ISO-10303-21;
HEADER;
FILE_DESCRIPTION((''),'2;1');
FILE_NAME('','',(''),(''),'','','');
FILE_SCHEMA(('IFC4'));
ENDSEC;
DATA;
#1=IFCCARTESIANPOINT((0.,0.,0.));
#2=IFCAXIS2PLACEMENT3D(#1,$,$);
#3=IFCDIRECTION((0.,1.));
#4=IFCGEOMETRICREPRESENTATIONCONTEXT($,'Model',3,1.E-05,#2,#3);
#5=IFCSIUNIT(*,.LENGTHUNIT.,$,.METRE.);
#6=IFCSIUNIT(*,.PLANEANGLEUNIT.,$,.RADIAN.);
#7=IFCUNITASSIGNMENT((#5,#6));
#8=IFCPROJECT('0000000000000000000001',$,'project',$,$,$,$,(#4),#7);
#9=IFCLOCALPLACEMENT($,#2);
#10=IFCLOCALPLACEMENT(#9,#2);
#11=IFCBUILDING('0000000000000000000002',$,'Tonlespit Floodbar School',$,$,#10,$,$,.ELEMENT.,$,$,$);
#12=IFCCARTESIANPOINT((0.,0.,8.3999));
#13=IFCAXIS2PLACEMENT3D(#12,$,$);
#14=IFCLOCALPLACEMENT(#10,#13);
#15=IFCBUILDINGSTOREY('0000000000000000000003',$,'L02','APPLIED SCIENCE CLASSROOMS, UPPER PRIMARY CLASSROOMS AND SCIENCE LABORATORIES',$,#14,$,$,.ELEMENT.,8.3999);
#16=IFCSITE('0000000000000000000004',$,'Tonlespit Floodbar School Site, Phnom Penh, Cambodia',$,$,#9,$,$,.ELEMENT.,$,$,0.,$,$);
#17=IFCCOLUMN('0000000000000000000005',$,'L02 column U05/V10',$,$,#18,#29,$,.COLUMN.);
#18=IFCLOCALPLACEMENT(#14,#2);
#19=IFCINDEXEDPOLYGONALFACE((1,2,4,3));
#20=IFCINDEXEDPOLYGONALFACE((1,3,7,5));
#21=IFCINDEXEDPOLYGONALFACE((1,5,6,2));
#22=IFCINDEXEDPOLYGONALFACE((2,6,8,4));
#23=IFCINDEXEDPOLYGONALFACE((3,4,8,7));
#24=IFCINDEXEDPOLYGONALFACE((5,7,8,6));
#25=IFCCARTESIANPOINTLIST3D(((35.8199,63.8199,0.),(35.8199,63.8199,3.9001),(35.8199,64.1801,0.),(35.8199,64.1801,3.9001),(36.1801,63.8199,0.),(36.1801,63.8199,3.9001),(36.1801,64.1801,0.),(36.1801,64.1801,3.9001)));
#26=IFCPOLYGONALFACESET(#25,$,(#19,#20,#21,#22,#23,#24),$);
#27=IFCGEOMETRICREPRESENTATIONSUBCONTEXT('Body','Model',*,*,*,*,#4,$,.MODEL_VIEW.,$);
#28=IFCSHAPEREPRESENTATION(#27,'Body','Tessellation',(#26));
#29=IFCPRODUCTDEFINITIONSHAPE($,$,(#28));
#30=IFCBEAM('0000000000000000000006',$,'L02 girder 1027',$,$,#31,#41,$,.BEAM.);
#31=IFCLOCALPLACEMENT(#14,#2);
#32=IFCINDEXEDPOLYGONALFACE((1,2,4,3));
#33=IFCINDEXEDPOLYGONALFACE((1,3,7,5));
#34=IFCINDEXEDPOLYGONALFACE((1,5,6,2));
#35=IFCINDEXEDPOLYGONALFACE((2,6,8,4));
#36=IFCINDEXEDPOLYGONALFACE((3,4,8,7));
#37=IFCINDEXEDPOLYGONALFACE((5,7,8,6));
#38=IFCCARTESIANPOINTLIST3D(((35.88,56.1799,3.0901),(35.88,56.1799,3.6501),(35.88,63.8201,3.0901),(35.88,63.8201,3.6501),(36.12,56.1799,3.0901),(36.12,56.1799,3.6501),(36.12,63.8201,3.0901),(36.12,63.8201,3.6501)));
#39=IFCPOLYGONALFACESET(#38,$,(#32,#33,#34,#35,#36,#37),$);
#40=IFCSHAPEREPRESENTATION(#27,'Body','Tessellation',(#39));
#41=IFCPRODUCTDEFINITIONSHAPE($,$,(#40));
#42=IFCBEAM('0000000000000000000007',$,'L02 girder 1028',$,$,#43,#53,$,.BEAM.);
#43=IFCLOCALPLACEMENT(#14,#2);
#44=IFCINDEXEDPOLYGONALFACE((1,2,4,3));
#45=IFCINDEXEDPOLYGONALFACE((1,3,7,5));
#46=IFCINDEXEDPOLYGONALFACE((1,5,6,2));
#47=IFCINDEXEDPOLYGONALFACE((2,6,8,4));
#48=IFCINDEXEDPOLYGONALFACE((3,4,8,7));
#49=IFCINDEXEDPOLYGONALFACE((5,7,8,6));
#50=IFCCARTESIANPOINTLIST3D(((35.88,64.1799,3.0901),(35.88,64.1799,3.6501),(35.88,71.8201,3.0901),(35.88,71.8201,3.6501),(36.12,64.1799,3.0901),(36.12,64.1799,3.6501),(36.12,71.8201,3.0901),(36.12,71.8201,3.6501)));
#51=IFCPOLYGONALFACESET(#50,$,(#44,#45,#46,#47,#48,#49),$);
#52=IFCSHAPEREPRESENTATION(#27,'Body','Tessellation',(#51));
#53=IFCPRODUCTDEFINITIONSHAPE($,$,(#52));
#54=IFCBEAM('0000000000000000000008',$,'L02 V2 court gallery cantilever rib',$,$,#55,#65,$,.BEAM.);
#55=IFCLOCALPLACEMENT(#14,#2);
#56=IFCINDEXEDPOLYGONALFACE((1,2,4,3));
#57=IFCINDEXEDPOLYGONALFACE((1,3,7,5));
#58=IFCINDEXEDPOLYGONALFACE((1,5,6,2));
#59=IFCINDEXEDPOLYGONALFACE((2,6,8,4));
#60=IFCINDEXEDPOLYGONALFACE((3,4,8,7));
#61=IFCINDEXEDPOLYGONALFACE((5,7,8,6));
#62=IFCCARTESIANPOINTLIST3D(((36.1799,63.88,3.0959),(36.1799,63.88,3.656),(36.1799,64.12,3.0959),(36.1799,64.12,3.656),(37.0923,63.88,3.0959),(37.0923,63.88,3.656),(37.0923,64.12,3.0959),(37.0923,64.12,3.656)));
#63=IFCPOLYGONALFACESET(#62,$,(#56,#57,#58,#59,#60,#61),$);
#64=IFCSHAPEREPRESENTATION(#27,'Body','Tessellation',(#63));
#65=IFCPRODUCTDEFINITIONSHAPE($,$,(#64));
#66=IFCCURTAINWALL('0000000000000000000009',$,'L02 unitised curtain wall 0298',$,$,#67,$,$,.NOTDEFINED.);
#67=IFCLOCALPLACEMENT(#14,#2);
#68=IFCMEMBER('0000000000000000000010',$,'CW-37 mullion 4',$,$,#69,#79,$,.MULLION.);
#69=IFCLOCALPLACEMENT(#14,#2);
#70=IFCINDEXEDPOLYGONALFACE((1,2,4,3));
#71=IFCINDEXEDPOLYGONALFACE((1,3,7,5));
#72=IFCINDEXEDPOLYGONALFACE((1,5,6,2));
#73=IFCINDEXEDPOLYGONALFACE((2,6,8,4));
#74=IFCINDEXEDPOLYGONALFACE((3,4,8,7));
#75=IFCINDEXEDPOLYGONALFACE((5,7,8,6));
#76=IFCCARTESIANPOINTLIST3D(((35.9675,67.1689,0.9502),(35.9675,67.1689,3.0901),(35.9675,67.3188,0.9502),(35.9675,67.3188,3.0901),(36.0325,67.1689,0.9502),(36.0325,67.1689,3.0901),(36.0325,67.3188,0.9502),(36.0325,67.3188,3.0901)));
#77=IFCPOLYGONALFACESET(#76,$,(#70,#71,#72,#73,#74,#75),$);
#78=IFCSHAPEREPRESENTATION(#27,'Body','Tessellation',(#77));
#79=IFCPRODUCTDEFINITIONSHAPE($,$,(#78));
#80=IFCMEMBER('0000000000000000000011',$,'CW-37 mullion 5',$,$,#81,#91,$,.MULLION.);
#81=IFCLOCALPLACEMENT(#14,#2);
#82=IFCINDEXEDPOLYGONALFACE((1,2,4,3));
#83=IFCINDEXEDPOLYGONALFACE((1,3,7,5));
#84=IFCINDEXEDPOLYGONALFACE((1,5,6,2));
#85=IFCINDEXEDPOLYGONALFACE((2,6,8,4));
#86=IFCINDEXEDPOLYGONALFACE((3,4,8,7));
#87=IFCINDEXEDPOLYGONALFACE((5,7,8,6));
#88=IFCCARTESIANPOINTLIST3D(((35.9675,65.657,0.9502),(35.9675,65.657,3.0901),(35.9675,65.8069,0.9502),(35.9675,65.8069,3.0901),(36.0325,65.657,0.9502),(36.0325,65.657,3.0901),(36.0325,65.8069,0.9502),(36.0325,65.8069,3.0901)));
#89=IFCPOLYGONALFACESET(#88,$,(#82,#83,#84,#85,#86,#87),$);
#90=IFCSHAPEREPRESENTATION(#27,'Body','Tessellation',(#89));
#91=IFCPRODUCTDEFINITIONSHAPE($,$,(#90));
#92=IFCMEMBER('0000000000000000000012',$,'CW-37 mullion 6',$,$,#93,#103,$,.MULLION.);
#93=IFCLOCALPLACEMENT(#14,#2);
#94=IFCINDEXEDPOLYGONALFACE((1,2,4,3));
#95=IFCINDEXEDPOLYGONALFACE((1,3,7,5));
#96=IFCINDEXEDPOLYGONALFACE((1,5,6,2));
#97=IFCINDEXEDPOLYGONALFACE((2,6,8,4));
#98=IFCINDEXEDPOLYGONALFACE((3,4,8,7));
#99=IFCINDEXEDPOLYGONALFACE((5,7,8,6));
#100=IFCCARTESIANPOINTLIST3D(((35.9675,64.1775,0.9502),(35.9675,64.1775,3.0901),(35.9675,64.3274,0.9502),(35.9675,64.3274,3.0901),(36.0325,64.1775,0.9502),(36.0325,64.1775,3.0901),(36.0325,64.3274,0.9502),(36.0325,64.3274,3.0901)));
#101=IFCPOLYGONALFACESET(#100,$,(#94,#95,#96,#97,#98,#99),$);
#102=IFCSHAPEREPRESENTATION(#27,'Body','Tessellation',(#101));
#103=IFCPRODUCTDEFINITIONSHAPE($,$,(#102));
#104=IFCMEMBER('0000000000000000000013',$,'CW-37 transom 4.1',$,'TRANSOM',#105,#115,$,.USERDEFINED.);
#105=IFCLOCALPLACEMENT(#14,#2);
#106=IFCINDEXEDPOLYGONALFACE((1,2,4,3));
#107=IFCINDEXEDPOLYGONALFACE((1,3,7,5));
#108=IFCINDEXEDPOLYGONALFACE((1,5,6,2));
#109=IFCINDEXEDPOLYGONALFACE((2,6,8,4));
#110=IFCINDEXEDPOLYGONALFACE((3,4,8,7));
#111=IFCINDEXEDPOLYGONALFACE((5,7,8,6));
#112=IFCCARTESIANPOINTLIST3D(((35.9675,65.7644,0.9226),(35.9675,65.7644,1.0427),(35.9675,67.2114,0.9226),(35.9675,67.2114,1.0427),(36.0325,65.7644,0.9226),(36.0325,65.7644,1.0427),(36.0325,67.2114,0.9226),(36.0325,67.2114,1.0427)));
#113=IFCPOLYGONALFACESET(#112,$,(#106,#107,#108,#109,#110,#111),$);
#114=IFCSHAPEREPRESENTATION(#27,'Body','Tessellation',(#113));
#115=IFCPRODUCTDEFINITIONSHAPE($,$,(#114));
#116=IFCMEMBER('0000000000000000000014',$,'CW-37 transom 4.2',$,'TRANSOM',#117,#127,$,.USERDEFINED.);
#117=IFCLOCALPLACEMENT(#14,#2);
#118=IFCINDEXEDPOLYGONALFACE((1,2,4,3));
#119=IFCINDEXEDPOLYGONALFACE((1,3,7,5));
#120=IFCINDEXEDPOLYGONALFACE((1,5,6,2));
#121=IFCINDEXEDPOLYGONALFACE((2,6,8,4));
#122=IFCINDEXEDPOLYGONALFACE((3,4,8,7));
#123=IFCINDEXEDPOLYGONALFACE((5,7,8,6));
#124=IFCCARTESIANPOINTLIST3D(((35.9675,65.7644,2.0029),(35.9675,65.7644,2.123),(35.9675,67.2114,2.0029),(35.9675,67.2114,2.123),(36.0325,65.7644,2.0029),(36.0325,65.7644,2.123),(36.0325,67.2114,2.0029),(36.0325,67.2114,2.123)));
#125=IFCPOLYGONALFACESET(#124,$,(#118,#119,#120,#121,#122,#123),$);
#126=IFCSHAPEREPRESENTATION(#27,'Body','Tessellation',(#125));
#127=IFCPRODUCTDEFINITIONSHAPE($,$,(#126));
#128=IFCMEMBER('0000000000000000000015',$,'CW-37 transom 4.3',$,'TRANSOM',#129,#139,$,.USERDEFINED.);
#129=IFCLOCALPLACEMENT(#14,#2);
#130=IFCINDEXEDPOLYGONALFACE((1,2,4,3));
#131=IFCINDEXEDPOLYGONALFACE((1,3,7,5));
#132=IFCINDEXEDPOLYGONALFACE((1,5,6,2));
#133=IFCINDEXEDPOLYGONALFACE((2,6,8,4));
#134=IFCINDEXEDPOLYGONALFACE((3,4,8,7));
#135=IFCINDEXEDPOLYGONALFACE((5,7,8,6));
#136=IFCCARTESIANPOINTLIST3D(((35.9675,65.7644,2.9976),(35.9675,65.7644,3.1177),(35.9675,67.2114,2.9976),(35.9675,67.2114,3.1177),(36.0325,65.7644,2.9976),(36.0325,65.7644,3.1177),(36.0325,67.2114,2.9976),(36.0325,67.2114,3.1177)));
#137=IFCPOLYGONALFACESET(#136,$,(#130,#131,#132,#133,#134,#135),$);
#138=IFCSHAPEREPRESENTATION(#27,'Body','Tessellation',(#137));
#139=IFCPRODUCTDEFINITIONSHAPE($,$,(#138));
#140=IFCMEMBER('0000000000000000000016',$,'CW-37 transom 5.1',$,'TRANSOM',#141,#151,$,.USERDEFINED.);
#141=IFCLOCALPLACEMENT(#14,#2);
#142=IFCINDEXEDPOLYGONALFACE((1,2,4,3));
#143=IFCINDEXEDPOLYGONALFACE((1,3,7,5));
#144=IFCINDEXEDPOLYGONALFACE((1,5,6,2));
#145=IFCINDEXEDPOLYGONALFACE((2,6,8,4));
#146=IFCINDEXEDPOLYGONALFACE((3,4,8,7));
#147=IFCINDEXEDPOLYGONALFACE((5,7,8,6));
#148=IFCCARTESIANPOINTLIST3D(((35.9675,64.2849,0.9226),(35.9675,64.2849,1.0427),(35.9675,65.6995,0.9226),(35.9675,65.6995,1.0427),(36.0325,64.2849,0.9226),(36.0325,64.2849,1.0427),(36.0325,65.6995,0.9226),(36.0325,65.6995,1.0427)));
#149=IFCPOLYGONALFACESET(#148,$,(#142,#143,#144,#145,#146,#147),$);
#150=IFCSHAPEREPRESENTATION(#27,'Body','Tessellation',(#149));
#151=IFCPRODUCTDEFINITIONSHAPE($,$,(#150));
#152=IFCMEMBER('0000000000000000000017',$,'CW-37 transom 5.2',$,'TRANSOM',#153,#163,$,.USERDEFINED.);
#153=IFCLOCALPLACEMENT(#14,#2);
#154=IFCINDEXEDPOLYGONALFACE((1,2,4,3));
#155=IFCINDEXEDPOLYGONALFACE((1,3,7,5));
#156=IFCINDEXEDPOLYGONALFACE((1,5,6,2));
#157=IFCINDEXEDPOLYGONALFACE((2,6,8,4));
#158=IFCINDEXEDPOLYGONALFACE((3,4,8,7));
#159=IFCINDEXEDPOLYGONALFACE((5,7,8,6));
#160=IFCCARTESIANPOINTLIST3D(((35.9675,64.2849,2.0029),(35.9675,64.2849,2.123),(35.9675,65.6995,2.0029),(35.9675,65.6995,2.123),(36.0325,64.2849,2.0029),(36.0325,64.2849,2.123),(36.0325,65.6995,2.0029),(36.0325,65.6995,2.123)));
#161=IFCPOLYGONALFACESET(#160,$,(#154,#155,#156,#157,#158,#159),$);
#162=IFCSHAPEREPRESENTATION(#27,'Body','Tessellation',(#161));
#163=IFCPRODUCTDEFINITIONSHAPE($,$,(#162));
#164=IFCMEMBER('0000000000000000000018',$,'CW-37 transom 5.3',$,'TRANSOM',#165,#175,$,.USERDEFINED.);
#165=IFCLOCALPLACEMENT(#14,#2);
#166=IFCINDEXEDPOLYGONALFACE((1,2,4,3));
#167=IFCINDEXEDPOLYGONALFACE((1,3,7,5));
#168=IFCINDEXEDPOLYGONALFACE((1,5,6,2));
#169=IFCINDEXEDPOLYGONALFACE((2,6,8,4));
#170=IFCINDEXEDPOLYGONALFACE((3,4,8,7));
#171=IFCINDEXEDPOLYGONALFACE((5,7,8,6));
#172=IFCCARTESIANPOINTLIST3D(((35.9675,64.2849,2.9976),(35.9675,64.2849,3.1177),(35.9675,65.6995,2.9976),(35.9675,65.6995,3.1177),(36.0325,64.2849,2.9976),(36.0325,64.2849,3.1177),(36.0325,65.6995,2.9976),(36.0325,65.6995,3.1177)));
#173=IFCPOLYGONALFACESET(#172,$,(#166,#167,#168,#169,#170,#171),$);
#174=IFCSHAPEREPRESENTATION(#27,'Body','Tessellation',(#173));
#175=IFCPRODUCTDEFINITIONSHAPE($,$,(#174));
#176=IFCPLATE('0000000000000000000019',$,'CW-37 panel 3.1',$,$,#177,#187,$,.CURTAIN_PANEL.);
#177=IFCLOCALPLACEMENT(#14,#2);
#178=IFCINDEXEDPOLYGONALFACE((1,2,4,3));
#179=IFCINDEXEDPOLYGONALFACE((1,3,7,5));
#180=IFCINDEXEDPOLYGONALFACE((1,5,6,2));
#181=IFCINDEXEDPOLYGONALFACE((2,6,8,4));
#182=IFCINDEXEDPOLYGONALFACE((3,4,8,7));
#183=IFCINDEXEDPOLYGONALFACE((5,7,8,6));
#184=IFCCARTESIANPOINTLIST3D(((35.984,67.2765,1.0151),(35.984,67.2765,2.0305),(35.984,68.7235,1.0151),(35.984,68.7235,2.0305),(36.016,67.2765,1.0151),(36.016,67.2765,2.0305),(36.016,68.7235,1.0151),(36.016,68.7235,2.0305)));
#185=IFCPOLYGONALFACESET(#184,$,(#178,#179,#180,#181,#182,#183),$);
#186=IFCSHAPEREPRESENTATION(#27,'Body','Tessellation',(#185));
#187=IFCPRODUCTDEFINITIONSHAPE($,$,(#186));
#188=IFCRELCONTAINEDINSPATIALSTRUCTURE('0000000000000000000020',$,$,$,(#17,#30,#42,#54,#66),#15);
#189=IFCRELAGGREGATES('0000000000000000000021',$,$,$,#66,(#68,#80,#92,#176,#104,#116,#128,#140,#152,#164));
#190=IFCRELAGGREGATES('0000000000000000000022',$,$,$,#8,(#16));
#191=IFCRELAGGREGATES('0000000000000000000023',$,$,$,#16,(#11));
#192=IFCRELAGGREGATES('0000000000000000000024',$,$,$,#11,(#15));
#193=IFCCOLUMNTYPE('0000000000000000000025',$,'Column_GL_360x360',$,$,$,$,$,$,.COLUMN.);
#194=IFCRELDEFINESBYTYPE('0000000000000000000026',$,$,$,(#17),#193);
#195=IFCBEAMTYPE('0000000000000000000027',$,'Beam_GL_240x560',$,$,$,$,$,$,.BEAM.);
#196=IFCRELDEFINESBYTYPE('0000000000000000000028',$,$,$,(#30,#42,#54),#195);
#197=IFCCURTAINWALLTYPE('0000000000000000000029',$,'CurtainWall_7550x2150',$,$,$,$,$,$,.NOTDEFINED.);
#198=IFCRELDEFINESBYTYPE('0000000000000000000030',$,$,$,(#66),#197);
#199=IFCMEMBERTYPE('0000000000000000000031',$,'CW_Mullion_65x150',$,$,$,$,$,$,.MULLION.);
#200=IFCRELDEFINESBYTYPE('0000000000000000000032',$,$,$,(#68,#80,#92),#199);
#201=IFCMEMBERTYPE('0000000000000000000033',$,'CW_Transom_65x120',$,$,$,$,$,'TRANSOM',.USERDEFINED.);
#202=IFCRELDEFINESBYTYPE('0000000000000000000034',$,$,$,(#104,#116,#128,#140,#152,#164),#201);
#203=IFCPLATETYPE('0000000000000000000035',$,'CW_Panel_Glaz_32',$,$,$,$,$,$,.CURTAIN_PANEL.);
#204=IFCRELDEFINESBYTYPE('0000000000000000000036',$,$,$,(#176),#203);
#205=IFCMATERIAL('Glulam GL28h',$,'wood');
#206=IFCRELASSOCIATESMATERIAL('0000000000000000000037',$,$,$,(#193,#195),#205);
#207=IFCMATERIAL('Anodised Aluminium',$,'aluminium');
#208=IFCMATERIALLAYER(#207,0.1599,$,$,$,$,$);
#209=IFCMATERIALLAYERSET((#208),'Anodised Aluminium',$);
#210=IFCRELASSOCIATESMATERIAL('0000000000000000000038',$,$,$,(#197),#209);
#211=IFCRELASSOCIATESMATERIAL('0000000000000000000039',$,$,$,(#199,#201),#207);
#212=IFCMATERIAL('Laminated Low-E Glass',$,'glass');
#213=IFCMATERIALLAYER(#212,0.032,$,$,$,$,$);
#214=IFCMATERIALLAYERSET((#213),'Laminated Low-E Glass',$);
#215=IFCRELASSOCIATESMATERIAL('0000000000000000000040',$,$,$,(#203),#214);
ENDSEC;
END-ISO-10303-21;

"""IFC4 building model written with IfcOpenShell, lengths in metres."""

from ifc_helpers import new_model, si_unit, direction, frame, origin, origin_2d, place, context, subcontext, project, spatial, rectangle, extrude, material, layer, layer_set, material_profile, profile_set, type_object, element, aggregate, save


model = new_model("IFC4")

# Units and contexts
model_context = context("Model", 3, precision=1e-05, world=origin(), true_north=direction((0.0, 1.0)))
body_context = subcontext(model_context, "Body", "Model", "MODEL_VIEW")
ifc_project = project(units=[si_unit("LENGTHUNIT", "METRE"), si_unit("PLANEANGLEUNIT", "RADIAN")], contexts=[model_context])

# Site, building, storey
site_placement = place(None, origin())
site = spatial("IfcSite", under=ifc_project, at=site_placement, Name="Tonlespit Floodbar School Site, Phnom Penh, Cambodia", CompositionType="ELEMENT", RefElevation=0.0)
building_placement = place(site_placement, origin())
building = spatial("IfcBuilding", under=site, at=building_placement, Name="Tonlespit Floodbar School", CompositionType="ELEMENT")
storey_placement = place(building_placement, frame((0.0, 0.0, 8.3999)))
storey = spatial("IfcBuildingStorey", under=building, at=storey_placement, Name="L02", Description="APPLIED SCIENCE CLASSROOMS, UPPER PRIMARY CLASSROOMS AND SCIENCE LABORATORIES", CompositionType="ELEMENT", Elevation=8.3999)

# Column
ifc_material_1 = material(Name="Glulam GL28h", Category="wood")
ifc_material_profile_1 = material_profile(ifc_material_1, rectangle(XDim=0.3601, YDim=0.3601, at=origin_2d()), Name="GL 360x360")
ifc_profile_set_1 = profile_set([ifc_material_profile_1], Name="Glulam GL28h")
column_type = type_object("IfcColumnType", Name="Column_GL_360x360", PredefinedType="COLUMN", material=ifc_profile_set_1)
column_placement = place(storey_placement, frame((36.0, 64.0, 0.0), z_axis=(0.0, 0.0, 1.0), x_axis=(1.0, 0.0, 0.0)))
element("IfcColumn", 1, at=column_placement, inside=storey, type_object=column_type, Name="L02 column U05/V10", PredefinedType="COLUMN", context=body_context, shape_type="SweptSolid", body=[
    extrude(rectangle(XDim=0.3601, YDim=0.3601, at=origin_2d()), origin(), (0.0, 0.0, 1.0), 3.9001),
])

# Beams
ifc_material_profile_2 = material_profile(ifc_material_1, rectangle(XDim=0.24, YDim=0.5601, at=origin_2d()), Name="GL 240x560")
ifc_profile_set_2 = profile_set([ifc_material_profile_2], Name="Glulam GL28h")
beam_type = type_object("IfcBeamType", Name="Beam_GL_240x560", PredefinedType="BEAM", material=ifc_profile_set_2)
for number, where, z_axis, x_axis, name in (
    (2, (36.0, 56.1799, 3.3701), (0.0, 1.0, 0.0), (-1.0, 0.0, 0.0), "L02 girder 1027"),
    (3, (36.0, 64.1799, 3.3701), (0.0, 1.0, 0.0), (-1.0, 0.0, 0.0), "L02 girder 1028"),
):
    element("IfcBeam", number, at=place(storey_placement, frame(where, z_axis=z_axis, x_axis=x_axis)), inside=storey, type_object=beam_type, Name=name, PredefinedType="BEAM", context=body_context, shape_type="SweptSolid", body=[
        extrude(rectangle(XDim=0.24, YDim=0.5601, at=origin_2d()), origin(), (0.0, 0.0, 1.0), 7.6401),
    ])
beam_placement = place(storey_placement, frame((36.1799, 64.0, 3.376), z_axis=(1.0, 0.0, 0.0), x_axis=(0.0, 1.0, 0.0)))
element("IfcBeam", 4, at=beam_placement, inside=storey, type_object=beam_type, Name="L02 V2 court gallery cantilever rib", PredefinedType="BEAM", context=body_context, shape_type="SweptSolid", body=[
    extrude(rectangle(XDim=0.24, YDim=0.5601, at=origin_2d()), origin(), (0.0, 0.0, 1.0), 0.9124),
])

# Curtain wall, members, plate
ifc_material_2 = material(Name="Anodised Aluminium", Category="aluminium")
ifc_layer_1 = layer(ifc_material_2, 0.1599)
ifc_layer_set_1 = layer_set([ifc_layer_1], Name="Anodised Aluminium")
curtain_wall_type = type_object("IfcCurtainWallType", Name="CurtainWall_7550x2150", PredefinedType="NOTDEFINED", material=ifc_layer_set_1)
curtain_wall_placement = place(storey_placement, origin())
curtain_wall = element("IfcCurtainWall", 5, at=curtain_wall_placement, inside=storey, type_object=curtain_wall_type, Name="L02 unitised curtain wall 0298", PredefinedType="NOTDEFINED")
ifc_material_profile_3 = material_profile(ifc_material_2, rectangle(XDim=0.0649, YDim=0.1499, at=origin_2d()), Name="ALU M65x150")
ifc_profile_set_3 = profile_set([ifc_material_profile_3], Name="Anodised Aluminium")
member_type_1 = type_object("IfcMemberType", Name="CW_Mullion_65x150", PredefinedType="MULLION", material=ifc_profile_set_3)
member_1_placement = place(storey_placement, frame((36.0, 67.2439, 0.9502), z_axis=(0.0, 0.0, 1.0), x_axis=(1.0, 0.0, 0.0)))
member_1 = element("IfcMember", 6, at=member_1_placement, type_object=member_type_1, Name="CW-37 mullion 4", PredefinedType="MULLION", context=body_context, shape_type="SweptSolid", body=[
    extrude(rectangle(XDim=0.0649, YDim=0.1499, at=origin_2d()), origin(), (0.0, 0.0, 1.0), 2.1399),
])
member_2_placement = place(storey_placement, frame((36.0, 65.7319, 0.9502), z_axis=(0.0, 0.0, 1.0), x_axis=(1.0, 0.0, 0.0)))
member_2 = element("IfcMember", 7, at=member_2_placement, type_object=member_type_1, Name="CW-37 mullion 5", PredefinedType="MULLION", context=body_context, shape_type="SweptSolid", body=[
    extrude(rectangle(XDim=0.0649, YDim=0.1499, at=origin_2d()), origin(), (0.0, 0.0, 1.0), 2.1399),
])
member_3_placement = place(storey_placement, frame((36.0, 64.2524, 0.9502), z_axis=(0.0, 0.0, 1.0), x_axis=(1.0, 0.0, 0.0)))
member_3 = element("IfcMember", 8, at=member_3_placement, type_object=member_type_1, Name="CW-37 mullion 6", PredefinedType="MULLION", context=body_context, shape_type="SweptSolid", body=[
    extrude(rectangle(XDim=0.0649, YDim=0.1499, at=origin_2d()), origin(), (0.0, 0.0, 1.0), 2.1399),
])
ifc_material_profile_4 = material_profile(ifc_material_2, rectangle(XDim=0.0649, YDim=0.1201, at=origin_2d()), Name="ALU T65x120")
ifc_profile_set_4 = profile_set([ifc_material_profile_4], Name="Anodised Aluminium")
member_type_2 = type_object("IfcMemberType", Name="CW_Transom_65x120", ElementType="TRANSOM", PredefinedType="USERDEFINED", material=ifc_profile_set_4)
member_4_placement = place(storey_placement, frame((36.0, 67.2114, 0.9827), z_axis=(0.0, -1.0, 0.0), x_axis=(1.0, 0.0, 0.0)))
member_4 = element("IfcMember", 9, at=member_4_placement, type_object=member_type_2, Name="CW-37 transom 4.1", ObjectType="TRANSOM", PredefinedType="USERDEFINED", context=body_context, shape_type="SweptSolid", body=[
    extrude(rectangle(XDim=0.0649, YDim=0.1201, at=origin_2d()), origin(), (0.0, 0.0, 1.0), 1.447),
])
member_5_placement = place(storey_placement, frame((36.0, 67.2114, 2.063), z_axis=(0.0, -1.0, 0.0), x_axis=(1.0, 0.0, 0.0)))
member_5 = element("IfcMember", 10, at=member_5_placement, type_object=member_type_2, Name="CW-37 transom 4.2", ObjectType="TRANSOM", PredefinedType="USERDEFINED", context=body_context, shape_type="SweptSolid", body=[
    extrude(rectangle(XDim=0.0649, YDim=0.1201, at=origin_2d()), origin(), (0.0, 0.0, 1.0), 1.447),
])
member_6_placement = place(storey_placement, frame((36.0, 67.2114, 3.0576), z_axis=(0.0, -1.0, 0.0), x_axis=(1.0, 0.0, 0.0)))
member_6 = element("IfcMember", 11, at=member_6_placement, type_object=member_type_2, Name="CW-37 transom 4.3", ObjectType="TRANSOM", PredefinedType="USERDEFINED", context=body_context, shape_type="SweptSolid", body=[
    extrude(rectangle(XDim=0.0649, YDim=0.1201, at=origin_2d()), origin(), (0.0, 0.0, 1.0), 1.447),
])
member_7_placement = place(storey_placement, frame((36.0, 65.6995, 0.9827), z_axis=(0.0, -1.0, 0.0), x_axis=(1.0, 0.0, 0.0)))
member_7 = element("IfcMember", 12, at=member_7_placement, type_object=member_type_2, Name="CW-37 transom 5.1", ObjectType="TRANSOM", PredefinedType="USERDEFINED", context=body_context, shape_type="SweptSolid", body=[
    extrude(rectangle(XDim=0.0649, YDim=0.1201, at=origin_2d()), origin(), (0.0, 0.0, 1.0), 1.4146),
])
member_8_placement = place(storey_placement, frame((36.0, 65.6995, 2.063), z_axis=(0.0, -1.0, 0.0), x_axis=(1.0, 0.0, 0.0)))
member_8 = element("IfcMember", 13, at=member_8_placement, type_object=member_type_2, Name="CW-37 transom 5.2", ObjectType="TRANSOM", PredefinedType="USERDEFINED", context=body_context, shape_type="SweptSolid", body=[
    extrude(rectangle(XDim=0.0649, YDim=0.1201, at=origin_2d()), origin(), (0.0, 0.0, 1.0), 1.4146),
])
member_9_placement = place(storey_placement, frame((36.0, 65.6995, 3.0576), z_axis=(0.0, -1.0, 0.0), x_axis=(1.0, 0.0, 0.0)))
member_9 = element("IfcMember", 14, at=member_9_placement, type_object=member_type_2, Name="CW-37 transom 5.3", ObjectType="TRANSOM", PredefinedType="USERDEFINED", context=body_context, shape_type="SweptSolid", body=[
    extrude(rectangle(XDim=0.0649, YDim=0.1201, at=origin_2d()), origin(), (0.0, 0.0, 1.0), 1.4146),
])
ifc_material_3 = material(Name="Laminated Low-E Glass", Category="glass")
ifc_layer_2 = layer(ifc_material_3, 0.032)
ifc_layer_set_2 = layer_set([ifc_layer_2], Name="Laminated Low-E Glass")
plate_type = type_object("IfcPlateType", Name="CW_Panel_Glaz_32", PredefinedType="CURTAIN_PANEL", material=ifc_layer_set_2)
plate_1_placement = place(storey_placement, frame((36.0, 68.0, 1.0151), z_axis=(0.0, 0.0, 1.0), x_axis=(0.0, -1.0, 0.0)))
plate_1 = element("IfcPlate", 15, at=plate_1_placement, type_object=plate_type, Name="CW-37 panel 3.1", PredefinedType="CURTAIN_PANEL", context=body_context, shape_type="SweptSolid", body=[
    extrude(rectangle(XDim=1.447, YDim=0.032, at=origin_2d()), origin(), (0.0, 0.0, 1.0), 1.0154),
])
aggregate(curtain_wall, [member_1, member_2, member_3, plate_1, member_4, member_5, member_6, member_7, member_8, member_9])

save(model, "model.ifc")
